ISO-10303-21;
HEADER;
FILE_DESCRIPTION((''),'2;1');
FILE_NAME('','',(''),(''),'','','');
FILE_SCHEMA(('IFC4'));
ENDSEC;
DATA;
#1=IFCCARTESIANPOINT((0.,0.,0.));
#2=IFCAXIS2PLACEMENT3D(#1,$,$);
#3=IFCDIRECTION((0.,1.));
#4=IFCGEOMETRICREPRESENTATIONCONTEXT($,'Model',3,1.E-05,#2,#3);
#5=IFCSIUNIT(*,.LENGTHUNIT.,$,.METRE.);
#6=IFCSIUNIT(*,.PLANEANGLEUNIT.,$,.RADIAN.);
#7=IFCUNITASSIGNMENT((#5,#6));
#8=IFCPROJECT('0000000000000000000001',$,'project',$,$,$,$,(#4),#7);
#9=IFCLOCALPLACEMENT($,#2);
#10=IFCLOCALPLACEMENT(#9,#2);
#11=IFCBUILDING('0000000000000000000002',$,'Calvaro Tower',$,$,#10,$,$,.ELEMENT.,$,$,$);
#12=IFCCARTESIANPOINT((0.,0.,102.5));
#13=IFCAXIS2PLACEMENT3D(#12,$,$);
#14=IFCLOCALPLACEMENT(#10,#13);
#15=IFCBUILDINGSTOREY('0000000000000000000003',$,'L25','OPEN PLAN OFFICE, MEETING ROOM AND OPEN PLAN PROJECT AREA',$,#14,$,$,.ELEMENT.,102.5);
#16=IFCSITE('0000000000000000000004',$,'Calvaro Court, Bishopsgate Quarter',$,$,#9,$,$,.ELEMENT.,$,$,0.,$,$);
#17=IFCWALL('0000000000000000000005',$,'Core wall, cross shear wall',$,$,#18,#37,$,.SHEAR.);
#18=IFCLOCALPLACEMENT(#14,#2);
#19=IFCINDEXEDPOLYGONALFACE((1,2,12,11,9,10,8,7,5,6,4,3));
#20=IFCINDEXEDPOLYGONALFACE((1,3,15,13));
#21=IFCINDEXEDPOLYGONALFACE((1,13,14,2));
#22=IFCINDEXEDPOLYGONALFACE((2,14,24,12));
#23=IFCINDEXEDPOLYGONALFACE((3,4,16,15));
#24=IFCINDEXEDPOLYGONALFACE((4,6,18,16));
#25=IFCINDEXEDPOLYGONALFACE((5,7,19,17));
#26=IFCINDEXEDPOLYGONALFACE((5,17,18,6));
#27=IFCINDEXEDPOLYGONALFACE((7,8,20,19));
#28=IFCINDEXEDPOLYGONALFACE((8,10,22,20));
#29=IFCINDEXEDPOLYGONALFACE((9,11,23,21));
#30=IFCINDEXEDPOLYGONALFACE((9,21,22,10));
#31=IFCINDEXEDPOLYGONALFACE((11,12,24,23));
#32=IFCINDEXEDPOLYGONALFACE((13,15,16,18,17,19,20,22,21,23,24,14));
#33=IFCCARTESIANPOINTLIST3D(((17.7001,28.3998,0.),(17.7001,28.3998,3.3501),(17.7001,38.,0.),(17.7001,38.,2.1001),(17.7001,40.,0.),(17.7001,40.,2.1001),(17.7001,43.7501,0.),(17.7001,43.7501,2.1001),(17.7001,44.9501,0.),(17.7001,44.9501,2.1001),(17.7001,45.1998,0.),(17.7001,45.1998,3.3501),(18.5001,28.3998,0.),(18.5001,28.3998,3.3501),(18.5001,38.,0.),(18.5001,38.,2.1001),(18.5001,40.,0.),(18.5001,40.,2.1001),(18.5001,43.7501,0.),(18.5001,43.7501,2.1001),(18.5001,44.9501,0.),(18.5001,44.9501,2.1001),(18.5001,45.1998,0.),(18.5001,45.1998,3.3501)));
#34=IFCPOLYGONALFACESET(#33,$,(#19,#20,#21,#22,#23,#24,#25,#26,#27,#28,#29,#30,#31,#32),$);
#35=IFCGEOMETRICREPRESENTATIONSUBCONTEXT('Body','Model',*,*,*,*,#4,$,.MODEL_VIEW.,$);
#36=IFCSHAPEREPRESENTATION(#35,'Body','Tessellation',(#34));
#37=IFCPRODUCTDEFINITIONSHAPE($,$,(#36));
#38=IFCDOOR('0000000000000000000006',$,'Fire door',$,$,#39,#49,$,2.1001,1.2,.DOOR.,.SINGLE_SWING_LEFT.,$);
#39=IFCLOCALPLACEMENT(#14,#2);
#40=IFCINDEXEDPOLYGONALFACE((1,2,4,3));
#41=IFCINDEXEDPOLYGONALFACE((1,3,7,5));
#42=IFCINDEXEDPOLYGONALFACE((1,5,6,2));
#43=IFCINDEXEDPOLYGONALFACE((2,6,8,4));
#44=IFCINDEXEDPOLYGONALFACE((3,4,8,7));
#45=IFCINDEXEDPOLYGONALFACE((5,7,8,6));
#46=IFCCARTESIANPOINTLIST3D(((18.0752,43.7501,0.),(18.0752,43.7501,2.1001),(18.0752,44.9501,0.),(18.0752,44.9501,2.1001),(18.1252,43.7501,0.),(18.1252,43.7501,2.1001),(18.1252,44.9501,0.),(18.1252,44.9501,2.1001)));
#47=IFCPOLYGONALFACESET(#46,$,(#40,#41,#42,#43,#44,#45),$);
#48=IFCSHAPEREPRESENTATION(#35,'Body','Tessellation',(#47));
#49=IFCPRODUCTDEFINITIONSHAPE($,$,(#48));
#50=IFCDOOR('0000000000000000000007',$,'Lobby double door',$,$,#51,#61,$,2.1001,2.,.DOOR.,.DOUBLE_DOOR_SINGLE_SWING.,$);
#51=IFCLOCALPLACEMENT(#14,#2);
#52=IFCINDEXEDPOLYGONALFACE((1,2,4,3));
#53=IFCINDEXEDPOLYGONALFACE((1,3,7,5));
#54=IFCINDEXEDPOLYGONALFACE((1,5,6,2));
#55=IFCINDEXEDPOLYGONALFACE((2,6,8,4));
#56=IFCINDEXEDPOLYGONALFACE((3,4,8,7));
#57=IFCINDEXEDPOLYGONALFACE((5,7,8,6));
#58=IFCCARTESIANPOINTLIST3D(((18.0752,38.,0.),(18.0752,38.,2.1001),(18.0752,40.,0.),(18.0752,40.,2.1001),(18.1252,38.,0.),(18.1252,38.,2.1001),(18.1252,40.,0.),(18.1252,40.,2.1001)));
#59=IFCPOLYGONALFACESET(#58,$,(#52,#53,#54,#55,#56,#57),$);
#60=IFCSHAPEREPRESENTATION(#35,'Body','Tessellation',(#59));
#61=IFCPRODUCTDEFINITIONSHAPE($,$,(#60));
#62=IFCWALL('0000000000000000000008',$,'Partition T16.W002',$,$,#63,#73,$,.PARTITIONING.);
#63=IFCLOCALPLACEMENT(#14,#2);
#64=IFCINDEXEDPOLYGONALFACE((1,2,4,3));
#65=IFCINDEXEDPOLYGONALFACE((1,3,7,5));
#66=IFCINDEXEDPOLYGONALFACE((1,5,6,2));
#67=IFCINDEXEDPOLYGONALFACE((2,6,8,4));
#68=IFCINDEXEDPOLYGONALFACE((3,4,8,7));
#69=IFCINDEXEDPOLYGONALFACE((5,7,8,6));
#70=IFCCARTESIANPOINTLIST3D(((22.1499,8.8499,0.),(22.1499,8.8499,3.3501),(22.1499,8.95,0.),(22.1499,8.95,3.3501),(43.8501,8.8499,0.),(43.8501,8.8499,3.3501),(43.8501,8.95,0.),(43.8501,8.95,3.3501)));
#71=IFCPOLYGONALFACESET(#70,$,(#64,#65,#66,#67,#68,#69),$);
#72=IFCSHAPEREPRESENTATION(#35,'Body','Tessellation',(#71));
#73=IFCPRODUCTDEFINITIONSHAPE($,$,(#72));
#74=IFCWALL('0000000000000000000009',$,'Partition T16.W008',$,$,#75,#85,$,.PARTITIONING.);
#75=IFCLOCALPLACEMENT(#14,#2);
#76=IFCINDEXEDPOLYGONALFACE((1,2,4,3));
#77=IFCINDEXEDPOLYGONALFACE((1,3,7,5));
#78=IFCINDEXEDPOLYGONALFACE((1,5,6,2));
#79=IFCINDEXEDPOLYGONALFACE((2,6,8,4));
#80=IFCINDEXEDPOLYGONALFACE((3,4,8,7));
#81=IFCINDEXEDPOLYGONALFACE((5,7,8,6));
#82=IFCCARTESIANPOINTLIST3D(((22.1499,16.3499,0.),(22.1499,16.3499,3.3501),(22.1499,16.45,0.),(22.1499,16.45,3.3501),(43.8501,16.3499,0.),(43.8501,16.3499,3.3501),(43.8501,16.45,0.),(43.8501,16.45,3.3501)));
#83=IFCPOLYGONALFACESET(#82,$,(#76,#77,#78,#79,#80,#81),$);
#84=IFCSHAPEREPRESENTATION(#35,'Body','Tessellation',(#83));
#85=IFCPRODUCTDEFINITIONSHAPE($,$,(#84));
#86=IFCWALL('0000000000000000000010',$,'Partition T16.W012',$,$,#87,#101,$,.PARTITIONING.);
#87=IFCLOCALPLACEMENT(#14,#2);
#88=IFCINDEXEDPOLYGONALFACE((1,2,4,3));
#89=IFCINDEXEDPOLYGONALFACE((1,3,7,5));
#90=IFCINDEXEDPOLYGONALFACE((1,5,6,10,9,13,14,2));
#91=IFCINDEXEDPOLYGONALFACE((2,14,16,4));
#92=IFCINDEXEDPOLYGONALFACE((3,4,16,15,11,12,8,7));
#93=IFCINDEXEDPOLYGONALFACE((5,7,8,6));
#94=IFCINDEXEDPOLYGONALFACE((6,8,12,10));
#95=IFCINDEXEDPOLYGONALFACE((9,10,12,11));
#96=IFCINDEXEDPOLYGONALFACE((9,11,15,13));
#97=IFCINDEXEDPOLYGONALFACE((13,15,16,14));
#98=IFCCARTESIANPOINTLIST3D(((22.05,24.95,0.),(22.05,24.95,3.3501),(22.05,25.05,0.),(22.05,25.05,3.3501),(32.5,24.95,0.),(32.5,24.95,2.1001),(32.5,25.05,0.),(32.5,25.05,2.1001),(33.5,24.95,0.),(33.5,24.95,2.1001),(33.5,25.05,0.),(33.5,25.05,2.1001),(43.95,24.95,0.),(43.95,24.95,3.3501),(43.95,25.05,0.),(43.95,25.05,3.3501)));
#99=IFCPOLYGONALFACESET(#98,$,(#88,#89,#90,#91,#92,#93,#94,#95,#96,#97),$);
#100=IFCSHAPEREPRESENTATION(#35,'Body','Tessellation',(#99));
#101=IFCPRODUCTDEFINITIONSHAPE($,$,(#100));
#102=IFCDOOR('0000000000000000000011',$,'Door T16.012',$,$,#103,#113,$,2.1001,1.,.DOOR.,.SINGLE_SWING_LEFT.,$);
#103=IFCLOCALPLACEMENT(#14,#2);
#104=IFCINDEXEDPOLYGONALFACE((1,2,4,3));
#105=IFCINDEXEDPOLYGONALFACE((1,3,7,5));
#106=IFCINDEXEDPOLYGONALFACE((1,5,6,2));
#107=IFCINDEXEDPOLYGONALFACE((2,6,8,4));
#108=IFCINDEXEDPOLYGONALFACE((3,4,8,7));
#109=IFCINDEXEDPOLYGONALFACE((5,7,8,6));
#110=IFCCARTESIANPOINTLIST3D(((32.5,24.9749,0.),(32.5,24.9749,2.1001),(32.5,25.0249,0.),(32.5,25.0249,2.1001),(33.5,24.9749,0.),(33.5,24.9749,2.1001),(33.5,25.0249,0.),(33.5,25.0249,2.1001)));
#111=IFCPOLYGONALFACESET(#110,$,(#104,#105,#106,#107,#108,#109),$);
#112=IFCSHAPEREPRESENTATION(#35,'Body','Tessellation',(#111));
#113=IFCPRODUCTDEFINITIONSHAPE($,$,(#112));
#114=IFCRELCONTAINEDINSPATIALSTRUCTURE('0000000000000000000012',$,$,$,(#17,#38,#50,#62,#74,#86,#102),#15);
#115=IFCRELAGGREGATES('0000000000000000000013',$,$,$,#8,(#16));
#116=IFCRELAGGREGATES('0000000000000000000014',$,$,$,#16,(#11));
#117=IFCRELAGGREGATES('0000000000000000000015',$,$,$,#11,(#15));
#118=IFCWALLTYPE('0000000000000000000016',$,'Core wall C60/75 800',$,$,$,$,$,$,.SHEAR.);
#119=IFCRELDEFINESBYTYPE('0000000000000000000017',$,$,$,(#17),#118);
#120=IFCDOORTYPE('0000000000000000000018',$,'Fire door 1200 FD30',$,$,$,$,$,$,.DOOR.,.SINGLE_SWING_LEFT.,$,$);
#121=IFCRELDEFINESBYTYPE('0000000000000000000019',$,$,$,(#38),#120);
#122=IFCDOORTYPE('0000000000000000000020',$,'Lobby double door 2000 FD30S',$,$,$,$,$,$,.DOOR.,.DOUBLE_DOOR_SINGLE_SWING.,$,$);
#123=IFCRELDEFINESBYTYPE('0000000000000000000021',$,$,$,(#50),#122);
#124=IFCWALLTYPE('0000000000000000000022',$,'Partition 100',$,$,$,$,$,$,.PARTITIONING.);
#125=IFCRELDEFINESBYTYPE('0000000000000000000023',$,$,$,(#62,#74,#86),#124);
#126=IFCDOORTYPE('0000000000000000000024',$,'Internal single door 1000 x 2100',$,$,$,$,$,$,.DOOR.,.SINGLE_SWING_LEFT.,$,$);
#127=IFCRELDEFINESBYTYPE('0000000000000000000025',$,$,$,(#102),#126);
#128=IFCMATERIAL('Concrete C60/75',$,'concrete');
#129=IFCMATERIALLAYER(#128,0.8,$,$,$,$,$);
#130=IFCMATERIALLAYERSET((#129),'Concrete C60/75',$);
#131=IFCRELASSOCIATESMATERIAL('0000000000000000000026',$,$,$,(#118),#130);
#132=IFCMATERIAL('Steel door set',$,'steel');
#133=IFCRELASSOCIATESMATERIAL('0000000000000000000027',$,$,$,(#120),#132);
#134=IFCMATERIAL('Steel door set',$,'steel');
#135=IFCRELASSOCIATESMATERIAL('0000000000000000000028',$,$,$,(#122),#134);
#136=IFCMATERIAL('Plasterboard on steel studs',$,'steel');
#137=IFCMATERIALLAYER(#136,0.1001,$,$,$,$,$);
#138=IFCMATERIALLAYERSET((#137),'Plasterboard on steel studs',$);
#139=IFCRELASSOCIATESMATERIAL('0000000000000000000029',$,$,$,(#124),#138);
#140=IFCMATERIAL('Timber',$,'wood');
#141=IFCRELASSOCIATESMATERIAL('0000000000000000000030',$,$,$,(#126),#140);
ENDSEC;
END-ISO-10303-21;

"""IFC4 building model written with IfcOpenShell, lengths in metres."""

from ifc_helpers import new_model, si_unit, direction, frame, frame_2d, origin, place, context, subcontext, project, spatial, rectangle, extrude, material, layer, layer_set, type_object, element, fill, save


model = new_model("IFC4")

# Units and contexts
model_context = context("Model", 3, precision=1e-05, world=origin(), true_north=direction((0.0, 1.0)))
body_context = subcontext(model_context, "Body", "Model", "MODEL_VIEW")
ifc_project = project(units=[si_unit("LENGTHUNIT", "METRE"), si_unit("PLANEANGLEUNIT", "RADIAN")], contexts=[model_context])

# Site, building, storey
site_placement = place(None, origin())
site = spatial("IfcSite", under=ifc_project, at=site_placement, Name="Calvaro Court, Bishopsgate Quarter", CompositionType="ELEMENT", RefElevation=0.0)
building_placement = place(site_placement, origin())
building = spatial("IfcBuilding", under=site, at=building_placement, Name="Calvaro Tower", CompositionType="ELEMENT")
storey_placement = place(building_placement, frame((0.0, 0.0, 102.5)))
storey = spatial("IfcBuildingStorey", under=building, at=storey_placement, Name="L25", Description="OPEN PLAN OFFICE, MEETING ROOM AND OPEN PLAN PROJECT AREA", CompositionType="ELEMENT", Elevation=102.5)

# Wall, openings, doors
ifc_material_1 = material(Name="Concrete C60/75", Category="concrete")
ifc_layer_1 = layer(ifc_material_1, 0.8)
ifc_layer_set_1 = layer_set([ifc_layer_1], Name="Concrete C60/75")
wall_type_1 = type_object("IfcWallType", Name="Core wall C60/75 800", PredefinedType="SHEAR", material=ifc_layer_set_1)
wall_1_placement = place(storey_placement, frame((18.1001, 28.3999, 0.0), z_axis=(0.0, 0.0, 1.0), x_axis=(0.0, 1.0, 0.0)))
wall_1 = element("IfcWall", 1, at=wall_1_placement, inside=storey, type_object=wall_type_1, Name="Core wall, cross shear wall", PredefinedType="SHEAR", context=body_context, shape_type="SweptSolid", body=[
    extrude(rectangle(XDim=16.8, YDim=0.8, at=frame_2d((8.3999, 0.0))), origin(), (0.0, 0.0, 1.0), 3.3501),
])
opening_1_placement = place(wall_1_placement, frame((9.6001, 0.0, 0.0)))
opening_1 = element("IfcOpeningElement", 2, at=opening_1_placement, cuts=wall_1, PredefinedType="OPENING", context=body_context, shape_type="SweptSolid", body=[
    extrude(rectangle(XDim=2.0, YDim=2.1001, at=frame_2d((1.0, 1.05))), frame((0.0, 0.4099, 0.0), z_axis=(0.0, -1.0, 0.0), x_axis=(1.0, 0.0, 0.0)), (0.0, 0.0, 1.0), 0.8201),
])
opening_2_placement = place(wall_1_placement, frame((15.3501, 0.0, 0.0)))
opening_2 = element("IfcOpeningElement", 3, at=opening_2_placement, cuts=wall_1, PredefinedType="OPENING", context=body_context, shape_type="SweptSolid", body=[
    extrude(rectangle(XDim=1.2, YDim=2.1001, at=frame_2d((0.6001, 1.05))), frame((0.0, 0.4099, 0.0), z_axis=(0.0, -1.0, 0.0), x_axis=(1.0, 0.0, 0.0)), (0.0, 0.0, 1.0), 0.8201),
])
ifc_material_2 = material(Name="Steel door set", Category="steel")
door_type_1 = type_object("IfcDoorType", Name="Fire door 1200 FD30", OperationType="SINGLE_SWING_LEFT", PredefinedType="DOOR", material=ifc_material_2)
door_1_placement = place(opening_2_placement, origin())
door_1 = element("IfcDoor", 4, at=door_1_placement, inside=storey, type_object=door_type_1, Name="Fire door", OperationType="SINGLE_SWING_LEFT", OverallHeight=2.1001, OverallWidth=1.2, PredefinedType="DOOR", context=body_context, shape_type="SweptSolid", body=[
    extrude(rectangle(XDim=1.2, YDim=2.1001, at=frame_2d((0.6001, 1.05))), frame((0.0, 0.0249, 0.0), z_axis=(0.0, -1.0, 0.0), x_axis=(1.0, 0.0, 0.0)), (0.0, 0.0, 1.0), 0.05),
])
fill(opening_2, door_1)
ifc_material_3 = material(Name="Steel door set", Category="steel")
door_type_2 = type_object("IfcDoorType", Name="Lobby double door 2000 FD30S", OperationType="DOUBLE_DOOR_SINGLE_SWING", PredefinedType="DOOR", material=ifc_material_3)
door_2_placement = place(opening_1_placement, origin())
door_2 = element("IfcDoor", 5, at=door_2_placement, inside=storey, type_object=door_type_2, Name="Lobby double door", OperationType="DOUBLE_DOOR_SINGLE_SWING", OverallHeight=2.1001, OverallWidth=2.0, PredefinedType="DOOR", context=body_context, shape_type="SweptSolid", body=[
    extrude(rectangle(XDim=2.0, YDim=2.1001, at=frame_2d((1.0, 1.05))), frame((0.0, 0.0249, 0.0), z_axis=(0.0, -1.0, 0.0), x_axis=(1.0, 0.0, 0.0)), (0.0, 0.0, 1.0), 0.05),
])
fill(opening_1, door_2)

# Walls
ifc_material_4 = material(Name="Plasterboard on steel studs", Category="steel")
ifc_layer_2 = layer(ifc_material_4, 0.1001)
ifc_layer_set_2 = layer_set([ifc_layer_2], Name="Plasterboard on steel studs")
wall_type_2 = type_object("IfcWallType", Name="Partition 100", PredefinedType="PARTITIONING", material=ifc_layer_set_2)
for number, where, z_axis, x_axis, name in (
    (6, (22.1499, 8.8999, 0.0), (0.0, 0.0, 1.0), (1.0, 0.0, 0.0), "Partition T16.W002"),
    (7, (22.1499, 16.3999, 0.0), (0.0, 0.0, 1.0), (1.0, 0.0, 0.0), "Partition T16.W008"),
):
    element("IfcWall", number, at=place(storey_placement, frame(where, z_axis=z_axis, x_axis=x_axis)), inside=storey, type_object=wall_type_2, Name=name, PredefinedType="PARTITIONING", context=body_context, shape_type="SweptSolid", body=[
        extrude(rectangle(XDim=21.7002, YDim=0.1001, at=frame_2d((10.8501, 0.0))), origin(), (0.0, 0.0, 1.0), 3.3501),
    ])

# Wall, opening, door
wall_2_placement = place(storey_placement, frame((22.05, 25.0, 0.0), z_axis=(0.0, 0.0, 1.0), x_axis=(1.0, 0.0, 0.0)))
wall_2 = element("IfcWall", 8, at=wall_2_placement, inside=storey, type_object=wall_type_2, Name="Partition T16.W012", PredefinedType="PARTITIONING", context=body_context, shape_type="SweptSolid", body=[
    extrude(rectangle(XDim=21.8999, YDim=0.1001, at=frame_2d((10.95, 0.0))), origin(), (0.0, 0.0, 1.0), 3.3501),
])
opening_3_placement = place(wall_2_placement, frame((10.45, 0.0, 0.0)))
opening_3 = element("IfcOpeningElement", 9, at=opening_3_placement, cuts=wall_2, PredefinedType="OPENING", context=body_context, shape_type="SweptSolid", body=[
    extrude(rectangle(XDim=1.0, YDim=2.1001, at=frame_2d((0.5, 1.05))), frame((0.0, 0.0601, 0.0), z_axis=(0.0, -1.0, 0.0), x_axis=(1.0, 0.0, 0.0)), (0.0, 0.0, 1.0), 0.1201),
])
ifc_material_5 = material(Name="Timber", Category="wood")
door_type_3 = type_object("IfcDoorType", Name="Internal single door 1000 x 2100", OperationType="SINGLE_SWING_LEFT", PredefinedType="DOOR", material=ifc_material_5)
door_3_placement = place(opening_3_placement, origin())
door_3 = element("IfcDoor", 10, at=door_3_placement, inside=storey, type_object=door_type_3, Name="Door T16.012", OperationType="SINGLE_SWING_LEFT", OverallHeight=2.1001, OverallWidth=1.0, PredefinedType="DOOR", context=body_context, shape_type="SweptSolid", body=[
    extrude(rectangle(XDim=1.0, YDim=2.1001, at=frame_2d((0.5, 1.05))), frame((0.0, 0.0249, 0.0), z_axis=(0.0, -1.0, 0.0), x_axis=(1.0, 0.0, 0.0)), (0.0, 0.0, 1.0), 0.05),
])
fill(opening_3, door_3)

save(model, "model.ifc")
